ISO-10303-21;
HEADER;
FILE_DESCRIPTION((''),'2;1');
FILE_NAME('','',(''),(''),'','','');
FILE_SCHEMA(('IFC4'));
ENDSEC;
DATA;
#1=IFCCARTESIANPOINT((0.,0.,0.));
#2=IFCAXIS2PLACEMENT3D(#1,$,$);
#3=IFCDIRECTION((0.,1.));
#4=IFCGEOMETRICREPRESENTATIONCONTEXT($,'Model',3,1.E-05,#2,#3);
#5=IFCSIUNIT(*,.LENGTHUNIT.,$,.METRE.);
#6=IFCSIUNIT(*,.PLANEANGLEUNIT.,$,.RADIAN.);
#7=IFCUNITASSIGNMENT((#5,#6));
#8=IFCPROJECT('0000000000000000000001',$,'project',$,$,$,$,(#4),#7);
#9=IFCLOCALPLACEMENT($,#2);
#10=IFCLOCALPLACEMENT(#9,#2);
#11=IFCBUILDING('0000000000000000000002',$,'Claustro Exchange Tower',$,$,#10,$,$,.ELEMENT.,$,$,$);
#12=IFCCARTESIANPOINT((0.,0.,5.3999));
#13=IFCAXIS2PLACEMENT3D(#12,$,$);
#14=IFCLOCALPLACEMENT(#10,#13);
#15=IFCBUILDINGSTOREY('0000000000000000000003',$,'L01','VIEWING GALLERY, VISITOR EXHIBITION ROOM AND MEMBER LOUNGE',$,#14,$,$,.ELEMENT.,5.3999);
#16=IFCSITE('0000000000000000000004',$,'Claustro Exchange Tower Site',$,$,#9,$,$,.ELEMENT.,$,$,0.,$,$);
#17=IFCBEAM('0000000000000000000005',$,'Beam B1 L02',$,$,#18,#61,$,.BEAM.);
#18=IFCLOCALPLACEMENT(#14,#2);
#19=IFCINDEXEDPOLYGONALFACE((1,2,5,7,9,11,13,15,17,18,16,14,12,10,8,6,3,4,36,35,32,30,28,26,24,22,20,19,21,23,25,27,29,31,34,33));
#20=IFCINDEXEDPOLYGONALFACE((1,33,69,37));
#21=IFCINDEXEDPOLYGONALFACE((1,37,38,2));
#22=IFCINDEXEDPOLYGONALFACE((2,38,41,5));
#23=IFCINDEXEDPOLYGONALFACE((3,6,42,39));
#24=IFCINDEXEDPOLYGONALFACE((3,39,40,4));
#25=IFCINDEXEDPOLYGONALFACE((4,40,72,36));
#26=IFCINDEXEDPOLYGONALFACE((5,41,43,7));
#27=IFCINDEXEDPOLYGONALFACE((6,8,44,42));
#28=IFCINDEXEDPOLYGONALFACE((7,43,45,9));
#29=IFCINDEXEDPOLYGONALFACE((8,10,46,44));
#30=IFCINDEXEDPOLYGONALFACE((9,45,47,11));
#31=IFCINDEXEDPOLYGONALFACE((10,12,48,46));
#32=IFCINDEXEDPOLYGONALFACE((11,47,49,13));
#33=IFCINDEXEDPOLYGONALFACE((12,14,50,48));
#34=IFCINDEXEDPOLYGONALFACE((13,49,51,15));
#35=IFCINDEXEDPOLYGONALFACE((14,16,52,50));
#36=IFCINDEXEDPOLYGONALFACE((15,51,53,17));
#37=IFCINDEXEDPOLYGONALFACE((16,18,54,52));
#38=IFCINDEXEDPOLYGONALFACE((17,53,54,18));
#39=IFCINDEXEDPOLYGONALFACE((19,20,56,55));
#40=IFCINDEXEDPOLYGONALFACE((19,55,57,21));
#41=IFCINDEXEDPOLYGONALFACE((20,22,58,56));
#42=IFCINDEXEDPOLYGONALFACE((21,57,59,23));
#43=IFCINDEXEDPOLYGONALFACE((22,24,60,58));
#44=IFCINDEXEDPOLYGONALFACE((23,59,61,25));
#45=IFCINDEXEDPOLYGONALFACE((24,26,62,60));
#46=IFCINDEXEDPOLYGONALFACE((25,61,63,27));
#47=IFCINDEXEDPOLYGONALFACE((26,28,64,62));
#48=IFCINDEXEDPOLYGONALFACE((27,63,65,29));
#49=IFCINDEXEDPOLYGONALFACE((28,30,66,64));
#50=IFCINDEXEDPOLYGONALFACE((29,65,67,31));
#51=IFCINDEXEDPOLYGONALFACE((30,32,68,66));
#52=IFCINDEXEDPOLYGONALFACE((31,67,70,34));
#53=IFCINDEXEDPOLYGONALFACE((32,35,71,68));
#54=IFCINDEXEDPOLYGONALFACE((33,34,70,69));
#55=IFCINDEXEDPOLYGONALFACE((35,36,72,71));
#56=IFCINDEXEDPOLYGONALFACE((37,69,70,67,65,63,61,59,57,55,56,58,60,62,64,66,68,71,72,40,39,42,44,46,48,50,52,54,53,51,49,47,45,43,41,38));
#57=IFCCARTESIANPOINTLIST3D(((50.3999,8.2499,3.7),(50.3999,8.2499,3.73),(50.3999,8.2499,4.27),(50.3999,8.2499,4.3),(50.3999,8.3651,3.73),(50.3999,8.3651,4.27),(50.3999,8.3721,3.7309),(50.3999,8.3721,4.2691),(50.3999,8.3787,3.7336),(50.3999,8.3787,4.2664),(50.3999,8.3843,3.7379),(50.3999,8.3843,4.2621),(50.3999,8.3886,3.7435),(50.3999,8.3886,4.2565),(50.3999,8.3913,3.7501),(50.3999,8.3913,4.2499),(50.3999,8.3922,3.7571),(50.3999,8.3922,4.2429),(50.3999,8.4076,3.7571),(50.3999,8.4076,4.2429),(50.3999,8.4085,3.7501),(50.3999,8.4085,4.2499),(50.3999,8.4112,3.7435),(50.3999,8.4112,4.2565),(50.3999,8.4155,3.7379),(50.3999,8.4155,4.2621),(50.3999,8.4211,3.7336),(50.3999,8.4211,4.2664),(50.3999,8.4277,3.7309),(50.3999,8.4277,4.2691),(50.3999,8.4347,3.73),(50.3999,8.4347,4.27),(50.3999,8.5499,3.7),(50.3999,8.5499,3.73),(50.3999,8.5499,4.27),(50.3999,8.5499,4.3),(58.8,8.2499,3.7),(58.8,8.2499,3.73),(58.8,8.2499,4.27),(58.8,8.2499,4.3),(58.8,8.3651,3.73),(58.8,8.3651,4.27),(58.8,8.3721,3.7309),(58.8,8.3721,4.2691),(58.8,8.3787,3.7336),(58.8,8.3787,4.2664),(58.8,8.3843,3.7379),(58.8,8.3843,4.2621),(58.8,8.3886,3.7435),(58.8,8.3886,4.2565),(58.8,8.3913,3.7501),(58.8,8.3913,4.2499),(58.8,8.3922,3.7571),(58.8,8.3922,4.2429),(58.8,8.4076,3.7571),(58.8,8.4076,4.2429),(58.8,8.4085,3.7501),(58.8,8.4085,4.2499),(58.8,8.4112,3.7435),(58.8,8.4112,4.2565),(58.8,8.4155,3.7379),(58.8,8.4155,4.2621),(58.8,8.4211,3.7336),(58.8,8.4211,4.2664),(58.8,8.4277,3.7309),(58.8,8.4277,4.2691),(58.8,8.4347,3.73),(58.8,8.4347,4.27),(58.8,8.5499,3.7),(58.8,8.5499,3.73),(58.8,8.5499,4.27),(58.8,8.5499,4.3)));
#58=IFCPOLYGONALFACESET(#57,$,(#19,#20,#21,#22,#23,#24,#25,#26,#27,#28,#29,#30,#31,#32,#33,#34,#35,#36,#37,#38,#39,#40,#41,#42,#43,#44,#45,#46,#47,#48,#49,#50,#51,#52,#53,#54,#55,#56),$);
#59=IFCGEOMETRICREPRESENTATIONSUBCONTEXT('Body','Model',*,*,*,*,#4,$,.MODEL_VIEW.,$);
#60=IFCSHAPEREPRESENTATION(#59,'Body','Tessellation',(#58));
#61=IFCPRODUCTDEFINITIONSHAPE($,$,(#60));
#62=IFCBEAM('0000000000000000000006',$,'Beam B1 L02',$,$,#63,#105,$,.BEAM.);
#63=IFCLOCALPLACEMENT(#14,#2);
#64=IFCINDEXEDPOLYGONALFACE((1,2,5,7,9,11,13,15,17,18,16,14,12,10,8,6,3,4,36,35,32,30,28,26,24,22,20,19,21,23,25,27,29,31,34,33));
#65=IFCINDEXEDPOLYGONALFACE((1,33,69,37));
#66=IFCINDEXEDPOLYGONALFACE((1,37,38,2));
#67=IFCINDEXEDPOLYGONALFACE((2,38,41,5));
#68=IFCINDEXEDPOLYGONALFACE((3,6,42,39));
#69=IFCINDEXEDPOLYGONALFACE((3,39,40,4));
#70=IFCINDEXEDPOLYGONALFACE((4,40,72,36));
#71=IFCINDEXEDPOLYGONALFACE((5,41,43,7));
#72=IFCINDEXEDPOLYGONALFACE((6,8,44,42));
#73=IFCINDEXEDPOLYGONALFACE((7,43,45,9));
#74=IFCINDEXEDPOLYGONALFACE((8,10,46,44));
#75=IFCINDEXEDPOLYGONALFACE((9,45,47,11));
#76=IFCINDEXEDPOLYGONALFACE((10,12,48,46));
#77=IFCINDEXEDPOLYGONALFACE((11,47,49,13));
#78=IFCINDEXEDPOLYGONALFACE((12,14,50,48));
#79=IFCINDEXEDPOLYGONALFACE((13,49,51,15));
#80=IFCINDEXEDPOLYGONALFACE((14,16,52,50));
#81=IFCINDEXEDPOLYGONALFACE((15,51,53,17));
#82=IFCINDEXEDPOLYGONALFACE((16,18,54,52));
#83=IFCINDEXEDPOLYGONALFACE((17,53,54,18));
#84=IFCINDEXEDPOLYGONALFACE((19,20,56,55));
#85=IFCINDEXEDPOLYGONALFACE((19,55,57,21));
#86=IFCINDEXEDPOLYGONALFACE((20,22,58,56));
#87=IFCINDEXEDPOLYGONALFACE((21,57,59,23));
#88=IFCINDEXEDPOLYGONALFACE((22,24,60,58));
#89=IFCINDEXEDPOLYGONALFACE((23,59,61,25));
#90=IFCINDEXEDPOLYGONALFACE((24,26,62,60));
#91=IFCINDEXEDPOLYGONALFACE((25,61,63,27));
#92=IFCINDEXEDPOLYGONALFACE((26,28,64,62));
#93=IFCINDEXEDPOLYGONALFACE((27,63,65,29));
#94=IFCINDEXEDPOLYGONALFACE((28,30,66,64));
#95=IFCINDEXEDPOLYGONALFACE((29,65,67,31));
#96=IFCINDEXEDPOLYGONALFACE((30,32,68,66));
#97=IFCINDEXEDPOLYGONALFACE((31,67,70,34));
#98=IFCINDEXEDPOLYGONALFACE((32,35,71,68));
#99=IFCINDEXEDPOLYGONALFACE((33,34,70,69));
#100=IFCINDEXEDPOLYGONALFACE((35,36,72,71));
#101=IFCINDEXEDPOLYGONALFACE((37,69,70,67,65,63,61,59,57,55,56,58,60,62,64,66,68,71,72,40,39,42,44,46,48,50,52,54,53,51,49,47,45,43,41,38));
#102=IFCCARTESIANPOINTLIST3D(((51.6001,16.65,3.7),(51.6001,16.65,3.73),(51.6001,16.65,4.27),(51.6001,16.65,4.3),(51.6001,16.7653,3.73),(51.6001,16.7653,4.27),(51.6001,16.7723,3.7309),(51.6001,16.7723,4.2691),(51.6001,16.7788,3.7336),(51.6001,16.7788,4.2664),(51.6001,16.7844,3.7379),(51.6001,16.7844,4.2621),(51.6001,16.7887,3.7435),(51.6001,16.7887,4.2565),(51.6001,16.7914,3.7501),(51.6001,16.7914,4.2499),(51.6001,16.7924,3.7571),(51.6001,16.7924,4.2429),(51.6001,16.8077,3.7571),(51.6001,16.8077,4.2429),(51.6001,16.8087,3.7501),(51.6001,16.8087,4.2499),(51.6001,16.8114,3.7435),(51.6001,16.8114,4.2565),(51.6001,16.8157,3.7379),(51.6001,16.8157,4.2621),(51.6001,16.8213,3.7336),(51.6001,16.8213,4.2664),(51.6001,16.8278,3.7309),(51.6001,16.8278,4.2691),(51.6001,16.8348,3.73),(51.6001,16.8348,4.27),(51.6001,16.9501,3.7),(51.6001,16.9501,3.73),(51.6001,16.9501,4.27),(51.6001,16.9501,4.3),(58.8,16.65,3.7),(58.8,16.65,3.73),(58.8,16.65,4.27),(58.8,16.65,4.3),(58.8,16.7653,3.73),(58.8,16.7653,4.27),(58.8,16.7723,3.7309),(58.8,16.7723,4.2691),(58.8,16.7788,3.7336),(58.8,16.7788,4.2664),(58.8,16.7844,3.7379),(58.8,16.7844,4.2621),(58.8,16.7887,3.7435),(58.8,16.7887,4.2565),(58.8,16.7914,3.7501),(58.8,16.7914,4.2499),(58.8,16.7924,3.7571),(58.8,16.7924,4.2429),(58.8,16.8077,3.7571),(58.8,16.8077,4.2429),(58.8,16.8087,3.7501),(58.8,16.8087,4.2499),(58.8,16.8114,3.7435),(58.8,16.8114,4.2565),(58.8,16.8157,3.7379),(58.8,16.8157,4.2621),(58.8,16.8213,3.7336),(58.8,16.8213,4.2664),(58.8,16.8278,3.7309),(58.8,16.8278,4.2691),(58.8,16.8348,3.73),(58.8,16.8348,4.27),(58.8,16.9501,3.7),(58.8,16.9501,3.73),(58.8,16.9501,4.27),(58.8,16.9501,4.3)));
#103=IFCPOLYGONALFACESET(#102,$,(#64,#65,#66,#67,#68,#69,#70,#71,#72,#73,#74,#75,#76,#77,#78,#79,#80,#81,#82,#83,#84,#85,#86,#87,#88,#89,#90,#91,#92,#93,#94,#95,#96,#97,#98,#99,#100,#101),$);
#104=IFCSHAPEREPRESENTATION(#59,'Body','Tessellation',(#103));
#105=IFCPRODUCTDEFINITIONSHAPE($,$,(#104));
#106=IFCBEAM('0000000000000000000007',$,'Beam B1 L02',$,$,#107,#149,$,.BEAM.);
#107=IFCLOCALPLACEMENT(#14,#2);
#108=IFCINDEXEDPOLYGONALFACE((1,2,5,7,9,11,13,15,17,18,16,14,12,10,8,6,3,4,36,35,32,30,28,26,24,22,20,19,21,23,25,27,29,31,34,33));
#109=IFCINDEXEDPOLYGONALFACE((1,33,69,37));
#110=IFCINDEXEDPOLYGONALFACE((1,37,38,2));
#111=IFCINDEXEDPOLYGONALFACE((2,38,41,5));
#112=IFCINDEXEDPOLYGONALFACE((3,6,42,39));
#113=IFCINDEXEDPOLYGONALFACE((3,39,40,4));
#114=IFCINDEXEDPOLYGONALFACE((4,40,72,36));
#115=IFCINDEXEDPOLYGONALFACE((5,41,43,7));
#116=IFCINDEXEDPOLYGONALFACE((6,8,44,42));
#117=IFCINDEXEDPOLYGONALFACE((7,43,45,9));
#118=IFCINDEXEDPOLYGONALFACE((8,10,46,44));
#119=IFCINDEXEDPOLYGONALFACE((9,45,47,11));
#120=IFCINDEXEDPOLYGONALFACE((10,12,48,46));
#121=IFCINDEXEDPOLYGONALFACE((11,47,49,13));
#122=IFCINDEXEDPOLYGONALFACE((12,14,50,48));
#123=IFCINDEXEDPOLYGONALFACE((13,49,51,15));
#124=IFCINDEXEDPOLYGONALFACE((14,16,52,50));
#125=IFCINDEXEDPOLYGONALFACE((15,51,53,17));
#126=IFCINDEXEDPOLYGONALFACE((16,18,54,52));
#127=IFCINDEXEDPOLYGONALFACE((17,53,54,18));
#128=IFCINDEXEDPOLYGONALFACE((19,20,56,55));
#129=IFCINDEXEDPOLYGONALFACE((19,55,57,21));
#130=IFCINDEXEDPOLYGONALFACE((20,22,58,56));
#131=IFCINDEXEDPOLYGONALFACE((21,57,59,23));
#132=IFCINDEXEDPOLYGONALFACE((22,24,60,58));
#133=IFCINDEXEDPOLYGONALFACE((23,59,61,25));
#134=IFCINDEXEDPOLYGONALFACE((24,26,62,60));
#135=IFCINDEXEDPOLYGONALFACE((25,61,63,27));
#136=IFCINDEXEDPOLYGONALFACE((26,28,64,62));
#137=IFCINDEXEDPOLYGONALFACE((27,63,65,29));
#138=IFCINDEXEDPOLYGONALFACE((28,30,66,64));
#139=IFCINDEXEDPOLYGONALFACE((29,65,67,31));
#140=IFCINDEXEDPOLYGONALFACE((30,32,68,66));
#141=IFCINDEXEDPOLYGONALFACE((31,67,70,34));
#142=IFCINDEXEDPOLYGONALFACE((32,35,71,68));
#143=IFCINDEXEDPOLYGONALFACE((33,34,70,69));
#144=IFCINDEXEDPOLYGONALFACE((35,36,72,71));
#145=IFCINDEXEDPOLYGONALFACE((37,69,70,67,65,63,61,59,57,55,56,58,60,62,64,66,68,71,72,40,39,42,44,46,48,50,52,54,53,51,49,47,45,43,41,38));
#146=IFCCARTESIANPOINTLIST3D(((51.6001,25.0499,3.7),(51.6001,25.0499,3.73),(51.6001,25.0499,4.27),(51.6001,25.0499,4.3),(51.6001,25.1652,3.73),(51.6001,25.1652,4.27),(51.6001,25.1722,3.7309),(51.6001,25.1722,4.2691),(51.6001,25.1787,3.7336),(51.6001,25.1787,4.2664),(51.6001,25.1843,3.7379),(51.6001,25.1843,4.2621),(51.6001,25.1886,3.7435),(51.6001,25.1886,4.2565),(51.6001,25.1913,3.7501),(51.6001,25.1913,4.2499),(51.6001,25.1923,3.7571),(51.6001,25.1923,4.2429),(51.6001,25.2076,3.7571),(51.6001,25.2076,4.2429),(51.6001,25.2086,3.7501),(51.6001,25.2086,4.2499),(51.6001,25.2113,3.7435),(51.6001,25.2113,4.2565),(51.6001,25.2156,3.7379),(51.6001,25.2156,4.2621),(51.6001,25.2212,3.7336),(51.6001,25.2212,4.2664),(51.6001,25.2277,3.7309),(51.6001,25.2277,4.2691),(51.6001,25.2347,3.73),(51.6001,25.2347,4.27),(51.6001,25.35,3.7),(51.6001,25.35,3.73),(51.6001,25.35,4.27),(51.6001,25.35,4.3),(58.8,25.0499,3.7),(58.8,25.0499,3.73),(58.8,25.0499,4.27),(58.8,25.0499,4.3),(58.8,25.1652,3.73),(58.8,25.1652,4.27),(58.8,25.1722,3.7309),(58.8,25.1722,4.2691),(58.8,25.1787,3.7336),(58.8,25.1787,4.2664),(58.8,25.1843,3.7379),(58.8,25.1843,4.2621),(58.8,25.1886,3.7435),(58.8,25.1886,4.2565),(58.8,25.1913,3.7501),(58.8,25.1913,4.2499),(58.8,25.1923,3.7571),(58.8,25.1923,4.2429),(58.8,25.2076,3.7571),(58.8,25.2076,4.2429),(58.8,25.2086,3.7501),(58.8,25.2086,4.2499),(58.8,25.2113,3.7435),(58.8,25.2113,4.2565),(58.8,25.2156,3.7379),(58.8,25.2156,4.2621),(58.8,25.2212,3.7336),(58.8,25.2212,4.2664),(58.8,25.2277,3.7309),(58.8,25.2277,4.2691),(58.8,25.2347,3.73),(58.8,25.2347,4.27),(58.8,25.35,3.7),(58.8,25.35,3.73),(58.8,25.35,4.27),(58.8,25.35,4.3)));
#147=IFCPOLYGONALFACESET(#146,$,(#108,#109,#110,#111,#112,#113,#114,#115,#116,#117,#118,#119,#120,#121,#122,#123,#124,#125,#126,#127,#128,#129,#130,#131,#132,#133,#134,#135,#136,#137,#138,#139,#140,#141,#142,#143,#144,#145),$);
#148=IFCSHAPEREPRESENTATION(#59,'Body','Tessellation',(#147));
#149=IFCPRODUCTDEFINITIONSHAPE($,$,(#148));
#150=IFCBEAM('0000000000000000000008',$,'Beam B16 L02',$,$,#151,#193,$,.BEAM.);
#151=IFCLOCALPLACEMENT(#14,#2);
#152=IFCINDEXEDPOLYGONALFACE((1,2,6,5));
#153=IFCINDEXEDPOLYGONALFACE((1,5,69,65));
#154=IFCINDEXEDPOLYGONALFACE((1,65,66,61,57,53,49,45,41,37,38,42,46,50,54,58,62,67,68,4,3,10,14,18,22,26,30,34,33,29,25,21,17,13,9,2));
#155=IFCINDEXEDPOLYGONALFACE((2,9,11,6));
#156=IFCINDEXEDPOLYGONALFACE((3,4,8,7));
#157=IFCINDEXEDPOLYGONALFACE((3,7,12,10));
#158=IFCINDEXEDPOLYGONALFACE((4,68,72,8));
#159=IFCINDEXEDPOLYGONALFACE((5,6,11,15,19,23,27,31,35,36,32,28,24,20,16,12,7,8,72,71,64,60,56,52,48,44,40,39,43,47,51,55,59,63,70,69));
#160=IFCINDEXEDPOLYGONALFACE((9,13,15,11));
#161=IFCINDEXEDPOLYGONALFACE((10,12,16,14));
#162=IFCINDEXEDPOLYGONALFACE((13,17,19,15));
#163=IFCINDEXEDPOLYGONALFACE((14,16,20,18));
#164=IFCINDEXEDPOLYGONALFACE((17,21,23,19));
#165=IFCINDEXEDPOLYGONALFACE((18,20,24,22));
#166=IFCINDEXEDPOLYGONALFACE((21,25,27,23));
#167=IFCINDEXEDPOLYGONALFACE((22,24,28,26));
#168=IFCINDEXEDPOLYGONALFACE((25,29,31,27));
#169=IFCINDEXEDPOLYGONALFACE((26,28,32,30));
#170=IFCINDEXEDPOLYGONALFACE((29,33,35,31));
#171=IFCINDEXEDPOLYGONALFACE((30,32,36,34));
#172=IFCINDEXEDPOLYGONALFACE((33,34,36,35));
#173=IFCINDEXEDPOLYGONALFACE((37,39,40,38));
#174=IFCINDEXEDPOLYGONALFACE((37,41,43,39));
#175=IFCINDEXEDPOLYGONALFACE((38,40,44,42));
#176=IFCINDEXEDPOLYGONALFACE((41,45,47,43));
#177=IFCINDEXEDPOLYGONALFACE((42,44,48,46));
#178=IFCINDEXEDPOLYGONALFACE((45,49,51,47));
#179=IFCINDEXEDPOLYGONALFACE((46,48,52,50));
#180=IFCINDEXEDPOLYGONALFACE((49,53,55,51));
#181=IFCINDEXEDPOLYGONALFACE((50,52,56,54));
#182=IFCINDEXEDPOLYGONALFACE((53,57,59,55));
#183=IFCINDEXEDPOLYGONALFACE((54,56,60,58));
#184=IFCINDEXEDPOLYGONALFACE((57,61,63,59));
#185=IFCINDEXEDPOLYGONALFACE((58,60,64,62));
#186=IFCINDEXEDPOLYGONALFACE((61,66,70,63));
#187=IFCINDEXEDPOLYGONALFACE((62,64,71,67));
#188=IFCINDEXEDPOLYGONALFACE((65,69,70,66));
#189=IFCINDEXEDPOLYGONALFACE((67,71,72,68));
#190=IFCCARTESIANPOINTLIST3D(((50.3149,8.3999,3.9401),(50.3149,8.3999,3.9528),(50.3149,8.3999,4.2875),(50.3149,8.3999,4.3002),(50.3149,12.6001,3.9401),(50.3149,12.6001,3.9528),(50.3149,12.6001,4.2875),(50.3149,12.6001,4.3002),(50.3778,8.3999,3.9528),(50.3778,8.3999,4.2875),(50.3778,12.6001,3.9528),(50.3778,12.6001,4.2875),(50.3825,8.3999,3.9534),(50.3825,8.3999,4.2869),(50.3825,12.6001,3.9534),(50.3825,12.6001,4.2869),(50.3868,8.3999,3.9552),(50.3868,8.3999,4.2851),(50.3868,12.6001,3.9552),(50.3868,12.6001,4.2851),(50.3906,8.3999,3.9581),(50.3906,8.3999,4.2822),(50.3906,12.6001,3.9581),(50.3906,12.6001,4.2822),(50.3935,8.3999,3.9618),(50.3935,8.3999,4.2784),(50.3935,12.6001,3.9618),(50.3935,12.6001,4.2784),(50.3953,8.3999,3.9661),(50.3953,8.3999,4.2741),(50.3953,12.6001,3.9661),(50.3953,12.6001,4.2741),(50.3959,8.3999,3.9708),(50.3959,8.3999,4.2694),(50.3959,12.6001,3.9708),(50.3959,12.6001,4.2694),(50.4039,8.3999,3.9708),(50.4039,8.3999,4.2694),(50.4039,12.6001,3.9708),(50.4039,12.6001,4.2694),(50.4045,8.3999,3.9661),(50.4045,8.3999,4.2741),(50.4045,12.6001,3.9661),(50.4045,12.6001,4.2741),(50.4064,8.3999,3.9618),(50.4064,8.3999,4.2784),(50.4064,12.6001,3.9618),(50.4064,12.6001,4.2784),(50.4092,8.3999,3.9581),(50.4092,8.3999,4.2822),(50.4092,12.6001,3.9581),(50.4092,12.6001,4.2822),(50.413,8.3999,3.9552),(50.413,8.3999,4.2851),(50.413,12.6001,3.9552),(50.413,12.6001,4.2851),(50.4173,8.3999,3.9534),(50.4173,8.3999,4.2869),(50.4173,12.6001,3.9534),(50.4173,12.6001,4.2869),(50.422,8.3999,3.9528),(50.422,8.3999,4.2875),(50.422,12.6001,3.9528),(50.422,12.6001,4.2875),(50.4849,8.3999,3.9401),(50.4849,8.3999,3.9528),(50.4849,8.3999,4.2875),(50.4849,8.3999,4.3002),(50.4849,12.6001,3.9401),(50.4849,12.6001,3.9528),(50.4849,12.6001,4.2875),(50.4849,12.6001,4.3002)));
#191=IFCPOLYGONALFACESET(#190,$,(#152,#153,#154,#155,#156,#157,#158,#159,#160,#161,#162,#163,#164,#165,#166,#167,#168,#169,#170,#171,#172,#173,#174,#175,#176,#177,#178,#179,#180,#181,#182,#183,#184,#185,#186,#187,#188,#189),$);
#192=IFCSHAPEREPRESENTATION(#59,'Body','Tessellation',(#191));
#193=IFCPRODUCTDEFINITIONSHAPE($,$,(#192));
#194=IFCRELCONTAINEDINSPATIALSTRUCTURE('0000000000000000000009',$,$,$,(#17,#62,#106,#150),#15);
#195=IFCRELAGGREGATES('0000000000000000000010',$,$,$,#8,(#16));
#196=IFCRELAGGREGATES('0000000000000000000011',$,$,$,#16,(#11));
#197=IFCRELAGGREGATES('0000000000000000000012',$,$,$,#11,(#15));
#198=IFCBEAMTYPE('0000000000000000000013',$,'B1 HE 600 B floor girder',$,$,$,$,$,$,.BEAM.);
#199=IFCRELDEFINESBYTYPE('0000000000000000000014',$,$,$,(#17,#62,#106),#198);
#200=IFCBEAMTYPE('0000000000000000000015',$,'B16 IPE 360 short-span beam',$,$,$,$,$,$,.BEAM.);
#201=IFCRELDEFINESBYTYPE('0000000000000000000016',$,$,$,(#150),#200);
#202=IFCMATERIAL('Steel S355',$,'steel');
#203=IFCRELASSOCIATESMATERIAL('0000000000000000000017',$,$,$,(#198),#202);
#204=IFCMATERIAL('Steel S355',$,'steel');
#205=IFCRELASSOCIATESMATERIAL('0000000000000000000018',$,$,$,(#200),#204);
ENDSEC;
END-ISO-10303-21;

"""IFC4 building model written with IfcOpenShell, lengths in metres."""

from ifc_helpers import new_model, si_unit, direction, frame, origin, origin_2d, place, context, subcontext, project, spatial, i_section, extrude, material, material_profile, profile_set, type_object, element, save


model = new_model("IFC4")

# Units and contexts
model_context = context("Model", 3, precision=1e-05, world=origin(), true_north=direction((0.0, 1.0)))
body_context = subcontext(model_context, "Body", "Model", "MODEL_VIEW")
ifc_project = project(units=[si_unit("LENGTHUNIT", "METRE"), si_unit("PLANEANGLEUNIT", "RADIAN")], contexts=[model_context])

# Site, building, storey
site_placement = place(None, origin())
site = spatial("IfcSite", under=ifc_project, at=site_placement, Name="Claustro Exchange Tower Site", CompositionType="ELEMENT", RefElevation=0.0)
building_placement = place(site_placement, origin())
building = spatial("IfcBuilding", under=site, at=building_placement, Name="Claustro Exchange Tower", CompositionType="ELEMENT")
storey_placement = place(building_placement, frame((0.0, 0.0, 5.3999)))
storey = spatial("IfcBuildingStorey", under=building, at=storey_placement, Name="L01", Description="VIEWING GALLERY, VISITOR EXHIBITION ROOM AND MEMBER LOUNGE", CompositionType="ELEMENT", Elevation=5.3999)

# Beams
ifc_material_1 = material(Name="Steel S355", Category="steel")
ifc_material_profile_1 = material_profile(ifc_material_1, i_section(OverallWidth=0.3, OverallDepth=0.6001, WebThickness=0.0154, FlangeThickness=0.03, FilletRadius=0.0271, at=origin_2d()), Name="HE 600 B")
ifc_profile_set_1 = profile_set([ifc_material_profile_1], Name="Steel S355")
beam_type_1 = type_object("IfcBeamType", Name="B1 HE 600 B floor girder", PredefinedType="BEAM", material=ifc_profile_set_1)
for number, where, z_axis, x_axis, name in (
    (1, (50.3999, 8.3999, 4.0), (1.0, 0.0, 0.0), (0.0, 1.0, 0.0), "Beam B1 L02"),
):
    element("IfcBeam", number, at=place(storey_placement, frame(where, z_axis=z_axis, x_axis=x_axis)), inside=storey, type_object=beam_type_1, Name=name, PredefinedType="BEAM", context=body_context, shape_type="SweptSolid", body=[
        extrude(i_section(OverallWidth=0.3, OverallDepth=0.6001, WebThickness=0.0154, FlangeThickness=0.03, FilletRadius=0.0271, at=origin_2d()), origin(), (0.0, 0.0, 1.0), 8.4001),
    ])
for number, where, z_axis, x_axis, name in (
    (2, (51.6001, 16.8, 4.0), (1.0, 0.0, 0.0), (0.0, 1.0, 0.0), "Beam B1 L02"),
    (3, (51.6001, 25.2, 4.0), (1.0, 0.0, 0.0), (0.0, 1.0, 0.0), "Beam B1 L02"),
):
    element("IfcBeam", number, at=place(storey_placement, frame(where, z_axis=z_axis, x_axis=x_axis)), inside=storey, type_object=beam_type_1, Name=name, PredefinedType="BEAM", context=body_context, shape_type="SweptSolid", body=[
        extrude(i_section(OverallWidth=0.3, OverallDepth=0.6001, WebThickness=0.0154, FlangeThickness=0.03, FilletRadius=0.0271, at=origin_2d()), origin(), (0.0, 0.0, 1.0), 7.2),
    ])
ifc_material_2 = material(Name="Steel S355", Category="steel")
ifc_material_profile_2 = material_profile(ifc_material_2, i_section(OverallWidth=0.1699, OverallDepth=0.3601, WebThickness=0.0081, FlangeThickness=0.0127, FilletRadius=0.0181, at=origin_2d()), Name="IPE 360")
ifc_profile_set_2 = profile_set([ifc_material_profile_2], Name="Steel S355")
beam_type_2 = type_object("IfcBeamType", Name="B16 IPE 360 short-span beam", PredefinedType="BEAM", material=ifc_profile_set_2)
beam_1_placement = place(storey_placement, frame((50.3999, 8.3999, 4.1201), z_axis=(0.0, 1.0, 0.0), x_axis=(-1.0, 0.0, 0.0)))
element("IfcBeam", 4, at=beam_1_placement, inside=storey, type_object=beam_type_2, Name="Beam B16 L02", PredefinedType="BEAM", context=body_context, shape_type="SweptSolid", body=[
    extrude(i_section(OverallWidth=0.1699, OverallDepth=0.3601, WebThickness=0.0081, FlangeThickness=0.0127, FilletRadius=0.0181, at=origin_2d()), origin(), (0.0, 0.0, 1.0), 4.2002),
])

save(model, "model.ifc")
